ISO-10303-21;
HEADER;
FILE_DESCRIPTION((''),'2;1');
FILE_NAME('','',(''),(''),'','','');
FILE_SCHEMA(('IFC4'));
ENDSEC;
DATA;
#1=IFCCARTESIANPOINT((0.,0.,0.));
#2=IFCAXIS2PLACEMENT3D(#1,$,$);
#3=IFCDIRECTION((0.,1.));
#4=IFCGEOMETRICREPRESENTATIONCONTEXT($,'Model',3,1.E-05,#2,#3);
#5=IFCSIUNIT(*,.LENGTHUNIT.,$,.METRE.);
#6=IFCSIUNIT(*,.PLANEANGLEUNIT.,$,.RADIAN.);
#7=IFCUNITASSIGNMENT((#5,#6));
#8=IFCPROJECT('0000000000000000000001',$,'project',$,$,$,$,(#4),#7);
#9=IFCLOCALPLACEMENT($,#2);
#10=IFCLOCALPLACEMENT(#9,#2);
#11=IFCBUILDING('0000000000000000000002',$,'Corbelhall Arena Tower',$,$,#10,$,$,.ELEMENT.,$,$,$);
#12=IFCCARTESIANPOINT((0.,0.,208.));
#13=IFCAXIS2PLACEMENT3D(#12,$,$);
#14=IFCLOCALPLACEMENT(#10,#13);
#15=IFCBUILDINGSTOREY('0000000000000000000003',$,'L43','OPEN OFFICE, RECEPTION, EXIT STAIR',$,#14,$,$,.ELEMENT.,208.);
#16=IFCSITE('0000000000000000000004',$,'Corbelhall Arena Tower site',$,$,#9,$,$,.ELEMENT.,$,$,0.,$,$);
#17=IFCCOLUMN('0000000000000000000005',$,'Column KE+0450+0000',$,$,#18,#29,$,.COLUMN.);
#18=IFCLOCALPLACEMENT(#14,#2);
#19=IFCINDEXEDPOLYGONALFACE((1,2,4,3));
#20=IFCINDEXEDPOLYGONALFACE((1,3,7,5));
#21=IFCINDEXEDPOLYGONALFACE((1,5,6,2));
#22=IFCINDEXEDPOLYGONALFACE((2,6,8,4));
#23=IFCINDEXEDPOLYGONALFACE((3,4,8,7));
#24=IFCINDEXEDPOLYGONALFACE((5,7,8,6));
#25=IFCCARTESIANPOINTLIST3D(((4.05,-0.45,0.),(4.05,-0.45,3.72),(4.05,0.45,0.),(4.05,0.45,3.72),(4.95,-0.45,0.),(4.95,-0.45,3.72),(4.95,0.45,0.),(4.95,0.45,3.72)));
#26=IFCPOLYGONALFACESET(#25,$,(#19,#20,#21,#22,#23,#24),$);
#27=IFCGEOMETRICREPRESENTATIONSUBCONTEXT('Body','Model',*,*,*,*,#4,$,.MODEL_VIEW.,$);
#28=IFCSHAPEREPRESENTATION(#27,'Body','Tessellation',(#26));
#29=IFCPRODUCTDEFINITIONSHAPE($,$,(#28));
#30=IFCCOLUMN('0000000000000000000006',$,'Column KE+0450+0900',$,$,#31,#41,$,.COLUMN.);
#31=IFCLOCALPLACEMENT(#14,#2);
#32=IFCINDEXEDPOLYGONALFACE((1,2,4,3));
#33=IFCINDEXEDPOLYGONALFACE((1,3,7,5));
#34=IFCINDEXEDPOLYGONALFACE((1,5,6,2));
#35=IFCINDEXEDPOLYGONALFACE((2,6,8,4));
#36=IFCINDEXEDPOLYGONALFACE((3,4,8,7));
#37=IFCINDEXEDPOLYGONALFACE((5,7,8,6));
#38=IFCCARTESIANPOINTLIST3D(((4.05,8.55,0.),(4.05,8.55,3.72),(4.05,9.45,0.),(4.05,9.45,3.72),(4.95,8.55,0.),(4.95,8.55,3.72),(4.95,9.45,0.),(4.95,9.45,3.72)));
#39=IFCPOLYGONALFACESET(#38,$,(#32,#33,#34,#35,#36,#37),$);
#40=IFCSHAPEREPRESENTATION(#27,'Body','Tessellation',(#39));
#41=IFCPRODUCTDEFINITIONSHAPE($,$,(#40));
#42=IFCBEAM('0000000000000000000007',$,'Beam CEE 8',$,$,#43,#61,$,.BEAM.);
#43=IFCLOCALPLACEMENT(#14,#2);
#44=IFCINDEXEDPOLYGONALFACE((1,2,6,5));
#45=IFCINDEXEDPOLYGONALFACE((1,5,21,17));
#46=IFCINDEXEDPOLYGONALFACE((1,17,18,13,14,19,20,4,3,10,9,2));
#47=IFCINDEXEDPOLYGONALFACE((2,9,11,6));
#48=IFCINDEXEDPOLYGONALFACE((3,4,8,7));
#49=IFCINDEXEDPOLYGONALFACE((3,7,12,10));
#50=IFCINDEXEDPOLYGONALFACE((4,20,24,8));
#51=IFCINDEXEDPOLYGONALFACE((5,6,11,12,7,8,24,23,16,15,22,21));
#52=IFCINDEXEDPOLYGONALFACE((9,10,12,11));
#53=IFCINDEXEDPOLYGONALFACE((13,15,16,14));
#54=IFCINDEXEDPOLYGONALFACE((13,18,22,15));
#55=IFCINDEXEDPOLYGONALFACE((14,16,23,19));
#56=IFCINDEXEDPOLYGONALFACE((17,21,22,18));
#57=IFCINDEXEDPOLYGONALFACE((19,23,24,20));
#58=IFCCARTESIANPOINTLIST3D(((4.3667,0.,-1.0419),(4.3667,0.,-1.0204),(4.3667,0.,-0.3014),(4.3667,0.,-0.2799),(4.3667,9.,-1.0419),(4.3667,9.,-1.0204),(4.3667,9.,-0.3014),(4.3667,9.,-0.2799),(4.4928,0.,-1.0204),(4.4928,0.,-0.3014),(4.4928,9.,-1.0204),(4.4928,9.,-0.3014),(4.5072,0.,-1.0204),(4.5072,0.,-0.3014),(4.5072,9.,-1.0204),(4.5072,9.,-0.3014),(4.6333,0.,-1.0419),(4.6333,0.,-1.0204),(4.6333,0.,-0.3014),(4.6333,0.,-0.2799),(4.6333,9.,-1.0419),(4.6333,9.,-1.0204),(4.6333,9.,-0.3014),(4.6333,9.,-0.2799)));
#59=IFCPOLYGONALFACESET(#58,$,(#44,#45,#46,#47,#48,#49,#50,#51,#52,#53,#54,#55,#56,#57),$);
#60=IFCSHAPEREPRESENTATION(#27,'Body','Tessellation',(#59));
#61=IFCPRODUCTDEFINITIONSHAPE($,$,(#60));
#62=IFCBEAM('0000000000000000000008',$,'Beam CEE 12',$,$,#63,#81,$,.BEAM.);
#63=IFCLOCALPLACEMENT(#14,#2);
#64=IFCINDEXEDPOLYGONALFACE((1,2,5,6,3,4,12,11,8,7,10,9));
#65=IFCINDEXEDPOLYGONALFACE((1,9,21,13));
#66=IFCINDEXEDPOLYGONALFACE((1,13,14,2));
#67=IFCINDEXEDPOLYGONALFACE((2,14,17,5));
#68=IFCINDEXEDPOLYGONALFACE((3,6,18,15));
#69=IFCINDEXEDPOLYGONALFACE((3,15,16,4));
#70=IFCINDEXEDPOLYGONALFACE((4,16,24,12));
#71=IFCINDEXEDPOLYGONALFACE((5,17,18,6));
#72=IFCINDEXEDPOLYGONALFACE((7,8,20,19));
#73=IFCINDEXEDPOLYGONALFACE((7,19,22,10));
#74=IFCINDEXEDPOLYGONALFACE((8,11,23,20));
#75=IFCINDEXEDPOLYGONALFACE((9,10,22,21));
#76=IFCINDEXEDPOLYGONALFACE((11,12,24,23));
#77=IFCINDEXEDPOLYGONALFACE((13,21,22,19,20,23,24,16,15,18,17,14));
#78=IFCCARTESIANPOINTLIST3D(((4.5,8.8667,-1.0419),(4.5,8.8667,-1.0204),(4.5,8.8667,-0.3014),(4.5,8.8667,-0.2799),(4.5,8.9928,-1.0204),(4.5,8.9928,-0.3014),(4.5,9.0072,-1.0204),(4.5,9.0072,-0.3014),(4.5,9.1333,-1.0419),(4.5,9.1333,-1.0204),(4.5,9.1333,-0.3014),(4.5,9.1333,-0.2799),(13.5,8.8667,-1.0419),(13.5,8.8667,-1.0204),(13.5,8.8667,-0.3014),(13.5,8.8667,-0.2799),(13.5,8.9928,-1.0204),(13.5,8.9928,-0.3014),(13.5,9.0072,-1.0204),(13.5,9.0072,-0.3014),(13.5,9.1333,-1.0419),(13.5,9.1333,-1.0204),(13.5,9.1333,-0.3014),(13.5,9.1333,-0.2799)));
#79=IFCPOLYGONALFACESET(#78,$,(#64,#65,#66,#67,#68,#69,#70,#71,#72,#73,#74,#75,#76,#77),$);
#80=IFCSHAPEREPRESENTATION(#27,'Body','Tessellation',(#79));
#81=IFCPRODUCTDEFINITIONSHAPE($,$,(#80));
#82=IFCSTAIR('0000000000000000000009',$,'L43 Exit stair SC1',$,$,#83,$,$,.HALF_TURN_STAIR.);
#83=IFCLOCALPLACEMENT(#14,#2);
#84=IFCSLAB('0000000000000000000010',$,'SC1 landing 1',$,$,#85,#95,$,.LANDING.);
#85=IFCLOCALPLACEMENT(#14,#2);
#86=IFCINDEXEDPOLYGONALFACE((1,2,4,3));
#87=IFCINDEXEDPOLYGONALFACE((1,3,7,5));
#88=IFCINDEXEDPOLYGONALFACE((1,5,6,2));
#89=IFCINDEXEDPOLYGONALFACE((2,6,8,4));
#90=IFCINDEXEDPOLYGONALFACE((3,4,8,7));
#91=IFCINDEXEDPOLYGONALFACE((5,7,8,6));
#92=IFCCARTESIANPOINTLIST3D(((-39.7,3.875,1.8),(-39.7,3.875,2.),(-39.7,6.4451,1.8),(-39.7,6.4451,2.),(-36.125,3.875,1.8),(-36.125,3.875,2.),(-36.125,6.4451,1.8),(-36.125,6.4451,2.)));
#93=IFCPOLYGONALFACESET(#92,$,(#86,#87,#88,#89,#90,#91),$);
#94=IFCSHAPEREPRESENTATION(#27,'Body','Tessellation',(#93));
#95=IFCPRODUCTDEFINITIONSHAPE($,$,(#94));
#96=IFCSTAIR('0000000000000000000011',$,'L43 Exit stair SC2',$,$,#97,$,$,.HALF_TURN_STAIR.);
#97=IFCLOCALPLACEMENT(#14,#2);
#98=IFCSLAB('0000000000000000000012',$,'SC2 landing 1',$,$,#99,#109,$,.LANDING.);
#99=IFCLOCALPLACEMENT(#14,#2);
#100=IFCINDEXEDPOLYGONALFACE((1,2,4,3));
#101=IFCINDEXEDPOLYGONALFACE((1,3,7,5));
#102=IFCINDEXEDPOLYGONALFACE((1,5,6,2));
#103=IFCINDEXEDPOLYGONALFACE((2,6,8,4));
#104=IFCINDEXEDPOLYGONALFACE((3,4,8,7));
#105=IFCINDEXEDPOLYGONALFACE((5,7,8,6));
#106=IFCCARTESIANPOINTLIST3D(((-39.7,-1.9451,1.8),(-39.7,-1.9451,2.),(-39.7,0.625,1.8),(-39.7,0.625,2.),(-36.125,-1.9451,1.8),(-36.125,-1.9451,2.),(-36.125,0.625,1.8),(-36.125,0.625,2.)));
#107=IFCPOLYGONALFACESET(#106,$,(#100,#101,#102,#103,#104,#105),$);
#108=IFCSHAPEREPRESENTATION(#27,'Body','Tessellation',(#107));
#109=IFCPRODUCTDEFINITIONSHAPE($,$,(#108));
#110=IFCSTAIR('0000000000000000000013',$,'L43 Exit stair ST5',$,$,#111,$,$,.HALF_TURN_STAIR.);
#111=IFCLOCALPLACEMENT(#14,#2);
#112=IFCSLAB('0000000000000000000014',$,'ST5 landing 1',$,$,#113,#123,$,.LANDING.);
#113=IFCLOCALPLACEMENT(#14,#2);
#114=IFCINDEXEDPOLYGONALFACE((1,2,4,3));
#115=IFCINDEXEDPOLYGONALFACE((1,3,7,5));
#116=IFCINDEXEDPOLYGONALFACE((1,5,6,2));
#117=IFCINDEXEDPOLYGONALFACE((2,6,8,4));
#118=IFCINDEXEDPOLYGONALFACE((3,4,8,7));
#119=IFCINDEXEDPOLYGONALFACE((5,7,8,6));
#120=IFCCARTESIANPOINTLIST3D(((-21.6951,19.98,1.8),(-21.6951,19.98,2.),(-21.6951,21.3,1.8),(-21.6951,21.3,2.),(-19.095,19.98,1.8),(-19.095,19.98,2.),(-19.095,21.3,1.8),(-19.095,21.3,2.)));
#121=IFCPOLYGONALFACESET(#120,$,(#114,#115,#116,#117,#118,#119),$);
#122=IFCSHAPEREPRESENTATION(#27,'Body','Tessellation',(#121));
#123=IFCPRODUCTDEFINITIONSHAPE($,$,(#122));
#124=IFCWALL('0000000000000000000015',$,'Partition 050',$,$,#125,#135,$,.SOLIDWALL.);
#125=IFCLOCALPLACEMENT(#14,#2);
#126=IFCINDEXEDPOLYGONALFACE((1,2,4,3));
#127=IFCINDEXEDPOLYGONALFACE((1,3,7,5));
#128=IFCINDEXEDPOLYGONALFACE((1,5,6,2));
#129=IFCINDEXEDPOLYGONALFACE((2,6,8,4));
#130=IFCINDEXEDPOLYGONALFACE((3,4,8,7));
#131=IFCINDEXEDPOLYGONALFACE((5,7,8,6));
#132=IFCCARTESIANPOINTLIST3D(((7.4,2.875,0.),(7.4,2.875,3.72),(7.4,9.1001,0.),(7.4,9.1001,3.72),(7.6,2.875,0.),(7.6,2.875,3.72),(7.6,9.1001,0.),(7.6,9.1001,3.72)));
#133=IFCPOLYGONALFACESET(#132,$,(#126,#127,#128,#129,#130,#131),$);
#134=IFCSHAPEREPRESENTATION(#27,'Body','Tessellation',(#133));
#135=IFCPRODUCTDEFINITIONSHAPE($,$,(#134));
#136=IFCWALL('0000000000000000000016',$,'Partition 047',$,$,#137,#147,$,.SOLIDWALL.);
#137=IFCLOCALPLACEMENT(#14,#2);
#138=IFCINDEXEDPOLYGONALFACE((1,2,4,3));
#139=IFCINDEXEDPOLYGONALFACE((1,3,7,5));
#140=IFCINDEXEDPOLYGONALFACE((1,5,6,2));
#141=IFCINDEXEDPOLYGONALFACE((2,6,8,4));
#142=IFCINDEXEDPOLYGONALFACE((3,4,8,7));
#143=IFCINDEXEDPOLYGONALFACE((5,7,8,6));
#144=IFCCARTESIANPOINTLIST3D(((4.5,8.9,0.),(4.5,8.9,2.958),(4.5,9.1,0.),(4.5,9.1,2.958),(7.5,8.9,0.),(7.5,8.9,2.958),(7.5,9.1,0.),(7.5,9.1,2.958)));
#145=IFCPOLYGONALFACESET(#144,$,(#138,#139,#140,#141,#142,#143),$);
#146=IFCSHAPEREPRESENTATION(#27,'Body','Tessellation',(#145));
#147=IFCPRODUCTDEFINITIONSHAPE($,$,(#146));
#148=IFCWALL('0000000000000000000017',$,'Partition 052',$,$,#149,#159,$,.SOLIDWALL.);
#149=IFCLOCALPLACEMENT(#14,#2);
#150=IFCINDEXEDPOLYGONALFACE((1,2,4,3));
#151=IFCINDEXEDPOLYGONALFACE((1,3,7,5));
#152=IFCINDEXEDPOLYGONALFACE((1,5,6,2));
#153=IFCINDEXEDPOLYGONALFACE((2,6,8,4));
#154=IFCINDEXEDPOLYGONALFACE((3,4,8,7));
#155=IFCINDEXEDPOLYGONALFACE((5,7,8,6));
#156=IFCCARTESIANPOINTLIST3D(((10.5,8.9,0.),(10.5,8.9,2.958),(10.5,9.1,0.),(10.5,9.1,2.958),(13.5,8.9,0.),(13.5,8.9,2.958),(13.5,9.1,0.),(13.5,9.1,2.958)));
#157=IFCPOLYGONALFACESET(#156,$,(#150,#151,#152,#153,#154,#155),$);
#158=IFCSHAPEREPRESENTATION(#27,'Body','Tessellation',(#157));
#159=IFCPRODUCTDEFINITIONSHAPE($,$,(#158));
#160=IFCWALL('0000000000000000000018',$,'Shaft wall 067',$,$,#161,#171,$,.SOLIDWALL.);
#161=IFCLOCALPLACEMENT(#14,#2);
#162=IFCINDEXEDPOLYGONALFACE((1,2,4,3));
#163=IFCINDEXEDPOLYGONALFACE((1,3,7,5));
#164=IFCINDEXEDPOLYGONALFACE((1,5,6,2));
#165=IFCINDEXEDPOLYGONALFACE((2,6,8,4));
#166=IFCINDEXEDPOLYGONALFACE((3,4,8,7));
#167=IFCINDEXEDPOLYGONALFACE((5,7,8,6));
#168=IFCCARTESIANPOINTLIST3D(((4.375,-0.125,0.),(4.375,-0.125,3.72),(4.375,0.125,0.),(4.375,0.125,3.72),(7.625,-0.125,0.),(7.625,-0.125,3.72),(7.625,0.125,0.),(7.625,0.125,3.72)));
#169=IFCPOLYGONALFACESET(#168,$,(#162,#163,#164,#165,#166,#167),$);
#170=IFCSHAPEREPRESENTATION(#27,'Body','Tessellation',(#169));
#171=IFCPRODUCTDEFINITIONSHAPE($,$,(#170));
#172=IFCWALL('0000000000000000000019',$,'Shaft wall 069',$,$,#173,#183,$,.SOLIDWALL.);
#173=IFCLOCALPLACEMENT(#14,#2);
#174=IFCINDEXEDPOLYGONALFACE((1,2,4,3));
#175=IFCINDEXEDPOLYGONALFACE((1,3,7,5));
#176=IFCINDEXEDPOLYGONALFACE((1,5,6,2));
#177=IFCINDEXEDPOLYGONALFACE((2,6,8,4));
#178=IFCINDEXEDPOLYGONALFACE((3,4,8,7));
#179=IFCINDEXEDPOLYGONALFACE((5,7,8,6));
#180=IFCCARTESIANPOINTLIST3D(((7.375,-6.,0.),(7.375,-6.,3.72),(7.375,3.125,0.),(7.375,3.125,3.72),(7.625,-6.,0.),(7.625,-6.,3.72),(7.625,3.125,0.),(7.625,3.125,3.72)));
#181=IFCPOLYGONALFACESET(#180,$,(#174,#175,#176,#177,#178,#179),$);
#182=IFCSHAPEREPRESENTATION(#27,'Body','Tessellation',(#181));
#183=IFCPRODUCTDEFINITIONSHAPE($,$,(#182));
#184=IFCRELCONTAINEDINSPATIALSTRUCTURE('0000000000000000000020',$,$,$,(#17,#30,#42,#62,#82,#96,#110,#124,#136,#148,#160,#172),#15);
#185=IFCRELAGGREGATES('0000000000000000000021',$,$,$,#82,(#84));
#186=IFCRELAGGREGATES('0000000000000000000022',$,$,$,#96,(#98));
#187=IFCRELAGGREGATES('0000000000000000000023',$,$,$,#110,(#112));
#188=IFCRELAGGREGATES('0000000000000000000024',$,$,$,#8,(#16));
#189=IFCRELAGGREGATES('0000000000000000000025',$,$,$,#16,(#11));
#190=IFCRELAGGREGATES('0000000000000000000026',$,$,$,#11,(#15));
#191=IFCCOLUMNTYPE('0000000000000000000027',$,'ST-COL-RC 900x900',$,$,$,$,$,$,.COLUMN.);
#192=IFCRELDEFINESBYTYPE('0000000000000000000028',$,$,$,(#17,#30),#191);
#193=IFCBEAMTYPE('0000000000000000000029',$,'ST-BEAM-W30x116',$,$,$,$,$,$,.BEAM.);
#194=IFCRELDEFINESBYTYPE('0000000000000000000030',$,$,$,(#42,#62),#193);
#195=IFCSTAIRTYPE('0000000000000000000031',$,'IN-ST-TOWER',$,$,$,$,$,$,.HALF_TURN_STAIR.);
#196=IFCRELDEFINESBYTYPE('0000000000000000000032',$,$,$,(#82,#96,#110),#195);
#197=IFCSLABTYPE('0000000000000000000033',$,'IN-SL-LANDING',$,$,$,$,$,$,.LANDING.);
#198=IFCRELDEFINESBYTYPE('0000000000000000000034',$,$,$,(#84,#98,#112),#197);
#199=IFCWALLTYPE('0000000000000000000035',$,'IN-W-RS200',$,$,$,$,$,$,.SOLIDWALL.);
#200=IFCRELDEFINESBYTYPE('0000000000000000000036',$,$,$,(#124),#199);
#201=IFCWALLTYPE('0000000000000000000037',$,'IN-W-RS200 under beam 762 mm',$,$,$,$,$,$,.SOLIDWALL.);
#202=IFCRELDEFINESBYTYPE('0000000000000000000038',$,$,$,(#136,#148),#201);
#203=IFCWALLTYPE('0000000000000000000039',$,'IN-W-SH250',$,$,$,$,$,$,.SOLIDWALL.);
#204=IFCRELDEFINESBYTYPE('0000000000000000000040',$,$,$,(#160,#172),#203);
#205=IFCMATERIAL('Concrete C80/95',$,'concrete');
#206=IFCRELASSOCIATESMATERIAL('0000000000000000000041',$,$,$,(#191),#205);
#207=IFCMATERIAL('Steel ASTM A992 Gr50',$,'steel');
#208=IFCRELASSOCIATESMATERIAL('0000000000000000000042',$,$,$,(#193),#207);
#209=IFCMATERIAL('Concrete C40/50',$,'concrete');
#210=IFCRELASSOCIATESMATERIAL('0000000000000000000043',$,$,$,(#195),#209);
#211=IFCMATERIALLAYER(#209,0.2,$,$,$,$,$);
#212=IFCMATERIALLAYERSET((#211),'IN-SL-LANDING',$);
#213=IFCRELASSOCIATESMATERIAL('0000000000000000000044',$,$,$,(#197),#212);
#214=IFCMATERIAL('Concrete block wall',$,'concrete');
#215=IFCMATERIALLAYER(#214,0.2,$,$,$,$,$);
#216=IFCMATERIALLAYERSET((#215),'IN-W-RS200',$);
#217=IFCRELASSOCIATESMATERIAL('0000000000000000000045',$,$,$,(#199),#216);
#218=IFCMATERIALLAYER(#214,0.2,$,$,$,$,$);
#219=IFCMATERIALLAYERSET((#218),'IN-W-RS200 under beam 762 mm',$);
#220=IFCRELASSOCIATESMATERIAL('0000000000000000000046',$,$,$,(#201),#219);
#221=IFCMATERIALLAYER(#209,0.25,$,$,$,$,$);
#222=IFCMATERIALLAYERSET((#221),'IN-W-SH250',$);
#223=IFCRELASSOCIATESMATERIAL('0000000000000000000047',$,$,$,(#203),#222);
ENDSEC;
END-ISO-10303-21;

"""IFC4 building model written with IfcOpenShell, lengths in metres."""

from ifc_helpers import new_model, si_unit, direction, frame, frame_2d, origin, origin_2d, place, context, subcontext, project, spatial, polyline, rectangle, i_section, outline, extrude, material, layer, layer_set, material_profile, profile_set, type_object, element, aggregate, save


model = new_model("IFC4")

# Units and contexts
model_context = context("Model", 3, precision=1e-05, world=origin(), true_north=direction((0.0, 1.0)))
body_context = subcontext(model_context, "Body", "Model", "MODEL_VIEW")
ifc_project = project(units=[si_unit("LENGTHUNIT", "METRE"), si_unit("PLANEANGLEUNIT", "RADIAN")], contexts=[model_context])

# Site, building, storey
site_placement = place(None, origin())
site = spatial("IfcSite", under=ifc_project, at=site_placement, Name="Corbelhall Arena Tower site", CompositionType="ELEMENT", RefElevation=0.0)
building_placement = place(site_placement, origin())
building = spatial("IfcBuilding", under=site, at=building_placement, Name="Corbelhall Arena Tower", CompositionType="ELEMENT")
storey_placement = place(building_placement, frame((0.0, 0.0, 208.0)))
storey = spatial("IfcBuildingStorey", under=building, at=storey_placement, Name="L43", Description="OPEN OFFICE, RECEPTION, EXIT STAIR", CompositionType="ELEMENT", Elevation=208.0)

# Columns
ifc_material_1 = material(Name="Concrete C80/95", Category="concrete")
ifc_material_profile_1 = material_profile(ifc_material_1, rectangle(XDim=0.8999, YDim=0.8999, at=origin_2d()))
ifc_profile_set_1 = profile_set([ifc_material_profile_1], Name="Concrete C80/95")
column_type = type_object("IfcColumnType", Name="ST-COL-RC 900x900", PredefinedType="COLUMN", material=ifc_profile_set_1)
for number, where, z_axis, x_axis, name in (
    (1, (4.5, 0.0, 0.0), (0.0, 0.0, 1.0), (1.0, 0.0, 0.0), "Column KE+0450+0000"),
    (2, (4.5, 9.0, 0.0), (0.0, 0.0, 1.0), (1.0, 0.0, 0.0), "Column KE+0450+0900"),
):
    element("IfcColumn", number, at=place(storey_placement, frame(where, z_axis=z_axis, x_axis=x_axis)), inside=storey, type_object=column_type, Name=name, PredefinedType="COLUMN", context=body_context, shape_type="SweptSolid", body=[
        extrude(rectangle(XDim=0.8999, YDim=0.8999, at=origin_2d()), origin(), (0.0, 0.0, 1.0), 3.72),
    ])

# Beams
ifc_material_2 = material(Name="Steel ASTM A992 Gr50", Category="steel")
ifc_material_profile_2 = material_profile(ifc_material_2, i_section(OverallWidth=0.2666, OverallDepth=0.762, WebThickness=0.0144, FlangeThickness=0.0215, at=origin_2d()))
ifc_profile_set_2 = profile_set([ifc_material_profile_2], Name="Steel ASTM A992 Gr50")
beam_type = type_object("IfcBeamType", Name="ST-BEAM-W30x116", PredefinedType="BEAM", material=ifc_profile_set_2)
for number, where, z_axis, x_axis, name in (
    (3, (4.5, 0.0, -0.6609), (0.0, 1.0, 0.0), (-1.0, 0.0, 0.0), "Beam CEE 8"),
    (4, (4.5, 9.0, -0.6609), (1.0, 0.0, 0.0), (0.0, 1.0, 0.0), "Beam CEE 12"),
):
    element("IfcBeam", number, at=place(storey_placement, frame(where, z_axis=z_axis, x_axis=x_axis)), inside=storey, type_object=beam_type, Name=name, PredefinedType="BEAM", context=body_context, shape_type="SweptSolid", body=[
        extrude(i_section(OverallWidth=0.2666, OverallDepth=0.762, WebThickness=0.0144, FlangeThickness=0.0215, at=origin_2d()), origin(), (0.0, 0.0, 1.0), 9.0),
    ])

# Stairs, slabs
ifc_material_3 = material(Name="Concrete C40/50", Category="concrete")
stair_type = type_object("IfcStairType", Name="IN-ST-TOWER", PredefinedType="HALF_TURN_STAIR", material=ifc_material_3)
stair_1_placement = place(storey_placement, origin())
stair_1 = element("IfcStair", 5, at=stair_1_placement, inside=storey, type_object=stair_type, Name="L43 Exit stair SC1", PredefinedType="HALF_TURN_STAIR")
ifc_layer_1 = layer(ifc_material_3, 0.2)
ifc_layer_set_1 = layer_set([ifc_layer_1], Name="IN-SL-LANDING")
slab_type = type_object("IfcSlabType", Name="IN-SL-LANDING", PredefinedType="LANDING", material=ifc_layer_set_1)
slab_1_placement = place(storey_placement, frame((0.0, 0.0, 1.8)))
slab_1 = element("IfcSlab", 6, at=slab_1_placement, type_object=slab_type, Name="SC1 landing 1", PredefinedType="LANDING", context=body_context, shape_type="SweptSolid", body=[
    extrude(outline(polyline([(-39.7, 6.4451), (-39.7, 3.875), (-36.125, 3.875), (-36.125, 6.4451), (-39.7, 6.4451)])), origin(), (0.0, 0.0, 1.0), 0.2),
])
aggregate(stair_1, [slab_1])
stair_2_placement = place(storey_placement, origin())
stair_2 = element("IfcStair", 7, at=stair_2_placement, inside=storey, type_object=stair_type, Name="L43 Exit stair SC2", PredefinedType="HALF_TURN_STAIR")
slab_2_placement = place(storey_placement, frame((0.0, 0.0, 1.8)))
slab_2 = element("IfcSlab", 8, at=slab_2_placement, type_object=slab_type, Name="SC2 landing 1", PredefinedType="LANDING", context=body_context, shape_type="SweptSolid", body=[
    extrude(outline(polyline([(-36.125, -1.9451), (-36.125, 0.625), (-39.7, 0.625), (-39.7, -1.9451), (-36.125, -1.9451)])), origin(), (0.0, 0.0, 1.0), 0.2),
])
aggregate(stair_2, [slab_2])
stair_3_placement = place(storey_placement, origin())
stair_3 = element("IfcStair", 9, at=stair_3_placement, inside=storey, type_object=stair_type, Name="L43 Exit stair ST5", PredefinedType="HALF_TURN_STAIR")
slab_3_placement = place(storey_placement, frame((0.0, 0.0, 1.8)))
slab_3 = element("IfcSlab", 10, at=slab_3_placement, type_object=slab_type, Name="ST5 landing 1", PredefinedType="LANDING", context=body_context, shape_type="SweptSolid", body=[
    extrude(outline(polyline([(-19.095, 19.98), (-19.095, 21.3), (-21.6951, 21.3), (-21.6951, 19.98), (-19.095, 19.98)])), origin(), (0.0, 0.0, 1.0), 0.2),
])
aggregate(stair_3, [slab_3])

# Wall
ifc_material_4 = material(Name="Concrete block wall", Category="concrete")
ifc_layer_2 = layer(ifc_material_4, 0.2)
ifc_layer_set_2 = layer_set([ifc_layer_2], Name="IN-W-RS200")
wall_type_1 = type_object("IfcWallType", Name="IN-W-RS200", PredefinedType="SOLIDWALL", material=ifc_layer_set_2)
wall_1_placement = place(storey_placement, frame((7.5, 9.1001, 0.0), z_axis=(0.0, 0.0, 1.0), x_axis=(0.0, -1.0, 0.0)))
element("IfcWall", 11, at=wall_1_placement, inside=storey, type_object=wall_type_1, Name="Partition 050", PredefinedType="SOLIDWALL", context=body_context, shape_type="SweptSolid", body=[
    extrude(rectangle(XDim=6.2251, YDim=0.2, at=frame_2d((3.1125, 0.0))), origin(), (0.0, 0.0, 1.0), 3.72),
])

# Shared definitions
ifc_layer_3 = layer(ifc_material_4, 0.2)
ifc_layer_set_3 = layer_set([ifc_layer_3], Name="IN-W-RS200 under beam 762 mm")
wall_type_2 = type_object("IfcWallType", Name="IN-W-RS200 under beam 762 mm", PredefinedType="SOLIDWALL", material=ifc_layer_set_3)

# Walls
for number, where, z_axis, x_axis, name in (
    (12, (4.5, 9.0, 0.0), (0.0, 0.0, 1.0), (1.0, 0.0, 0.0), "Partition 047"),
    (13, (10.5, 9.0, 0.0), (0.0, 0.0, 1.0), (1.0, 0.0, 0.0), "Partition 052"),
):
    element("IfcWall", number, at=place(storey_placement, frame(where, z_axis=z_axis, x_axis=x_axis)), inside=storey, type_object=wall_type_2, Name=name, PredefinedType="SOLIDWALL", context=body_context, shape_type="SweptSolid", body=[
        extrude(rectangle(XDim=3.0, YDim=0.2, at=frame_2d((1.5, 0.0))), origin(), (0.0, 0.0, 1.0), 2.958),
    ])
ifc_layer_4 = layer(ifc_material_3, 0.25)
ifc_layer_set_4 = layer_set([ifc_layer_4], Name="IN-W-SH250")
wall_type_3 = type_object("IfcWallType", Name="IN-W-SH250", PredefinedType="SOLIDWALL", material=ifc_layer_set_4)
wall_2_placement = place(storey_placement, frame((4.375, 0.0, 0.0), z_axis=(0.0, 0.0, 1.0), x_axis=(1.0, 0.0, 0.0)))
element("IfcWall", 14, at=wall_2_placement, inside=storey, type_object=wall_type_3, Name="Shaft wall 067", PredefinedType="SOLIDWALL", context=body_context, shape_type="SweptSolid", body=[
    extrude(rectangle(XDim=3.25, YDim=0.25, at=frame_2d((1.625, 0.0))), origin(), (0.0, 0.0, 1.0), 3.72),
])
wall_3_placement = place(storey_placement, frame((7.5, 3.125, 0.0), z_axis=(0.0, 0.0, 1.0), x_axis=(0.0, -1.0, 0.0)))
element("IfcWall", 15, at=wall_3_placement, inside=storey, type_object=wall_type_3, Name="Shaft wall 069", PredefinedType="SOLIDWALL", context=body_context, shape_type="SweptSolid", body=[
    extrude(rectangle(XDim=9.125, YDim=0.25, at=frame_2d((4.5625, 0.0))), origin(), (0.0, 0.0, 1.0), 3.72),
])

save(model, "model.ifc")
